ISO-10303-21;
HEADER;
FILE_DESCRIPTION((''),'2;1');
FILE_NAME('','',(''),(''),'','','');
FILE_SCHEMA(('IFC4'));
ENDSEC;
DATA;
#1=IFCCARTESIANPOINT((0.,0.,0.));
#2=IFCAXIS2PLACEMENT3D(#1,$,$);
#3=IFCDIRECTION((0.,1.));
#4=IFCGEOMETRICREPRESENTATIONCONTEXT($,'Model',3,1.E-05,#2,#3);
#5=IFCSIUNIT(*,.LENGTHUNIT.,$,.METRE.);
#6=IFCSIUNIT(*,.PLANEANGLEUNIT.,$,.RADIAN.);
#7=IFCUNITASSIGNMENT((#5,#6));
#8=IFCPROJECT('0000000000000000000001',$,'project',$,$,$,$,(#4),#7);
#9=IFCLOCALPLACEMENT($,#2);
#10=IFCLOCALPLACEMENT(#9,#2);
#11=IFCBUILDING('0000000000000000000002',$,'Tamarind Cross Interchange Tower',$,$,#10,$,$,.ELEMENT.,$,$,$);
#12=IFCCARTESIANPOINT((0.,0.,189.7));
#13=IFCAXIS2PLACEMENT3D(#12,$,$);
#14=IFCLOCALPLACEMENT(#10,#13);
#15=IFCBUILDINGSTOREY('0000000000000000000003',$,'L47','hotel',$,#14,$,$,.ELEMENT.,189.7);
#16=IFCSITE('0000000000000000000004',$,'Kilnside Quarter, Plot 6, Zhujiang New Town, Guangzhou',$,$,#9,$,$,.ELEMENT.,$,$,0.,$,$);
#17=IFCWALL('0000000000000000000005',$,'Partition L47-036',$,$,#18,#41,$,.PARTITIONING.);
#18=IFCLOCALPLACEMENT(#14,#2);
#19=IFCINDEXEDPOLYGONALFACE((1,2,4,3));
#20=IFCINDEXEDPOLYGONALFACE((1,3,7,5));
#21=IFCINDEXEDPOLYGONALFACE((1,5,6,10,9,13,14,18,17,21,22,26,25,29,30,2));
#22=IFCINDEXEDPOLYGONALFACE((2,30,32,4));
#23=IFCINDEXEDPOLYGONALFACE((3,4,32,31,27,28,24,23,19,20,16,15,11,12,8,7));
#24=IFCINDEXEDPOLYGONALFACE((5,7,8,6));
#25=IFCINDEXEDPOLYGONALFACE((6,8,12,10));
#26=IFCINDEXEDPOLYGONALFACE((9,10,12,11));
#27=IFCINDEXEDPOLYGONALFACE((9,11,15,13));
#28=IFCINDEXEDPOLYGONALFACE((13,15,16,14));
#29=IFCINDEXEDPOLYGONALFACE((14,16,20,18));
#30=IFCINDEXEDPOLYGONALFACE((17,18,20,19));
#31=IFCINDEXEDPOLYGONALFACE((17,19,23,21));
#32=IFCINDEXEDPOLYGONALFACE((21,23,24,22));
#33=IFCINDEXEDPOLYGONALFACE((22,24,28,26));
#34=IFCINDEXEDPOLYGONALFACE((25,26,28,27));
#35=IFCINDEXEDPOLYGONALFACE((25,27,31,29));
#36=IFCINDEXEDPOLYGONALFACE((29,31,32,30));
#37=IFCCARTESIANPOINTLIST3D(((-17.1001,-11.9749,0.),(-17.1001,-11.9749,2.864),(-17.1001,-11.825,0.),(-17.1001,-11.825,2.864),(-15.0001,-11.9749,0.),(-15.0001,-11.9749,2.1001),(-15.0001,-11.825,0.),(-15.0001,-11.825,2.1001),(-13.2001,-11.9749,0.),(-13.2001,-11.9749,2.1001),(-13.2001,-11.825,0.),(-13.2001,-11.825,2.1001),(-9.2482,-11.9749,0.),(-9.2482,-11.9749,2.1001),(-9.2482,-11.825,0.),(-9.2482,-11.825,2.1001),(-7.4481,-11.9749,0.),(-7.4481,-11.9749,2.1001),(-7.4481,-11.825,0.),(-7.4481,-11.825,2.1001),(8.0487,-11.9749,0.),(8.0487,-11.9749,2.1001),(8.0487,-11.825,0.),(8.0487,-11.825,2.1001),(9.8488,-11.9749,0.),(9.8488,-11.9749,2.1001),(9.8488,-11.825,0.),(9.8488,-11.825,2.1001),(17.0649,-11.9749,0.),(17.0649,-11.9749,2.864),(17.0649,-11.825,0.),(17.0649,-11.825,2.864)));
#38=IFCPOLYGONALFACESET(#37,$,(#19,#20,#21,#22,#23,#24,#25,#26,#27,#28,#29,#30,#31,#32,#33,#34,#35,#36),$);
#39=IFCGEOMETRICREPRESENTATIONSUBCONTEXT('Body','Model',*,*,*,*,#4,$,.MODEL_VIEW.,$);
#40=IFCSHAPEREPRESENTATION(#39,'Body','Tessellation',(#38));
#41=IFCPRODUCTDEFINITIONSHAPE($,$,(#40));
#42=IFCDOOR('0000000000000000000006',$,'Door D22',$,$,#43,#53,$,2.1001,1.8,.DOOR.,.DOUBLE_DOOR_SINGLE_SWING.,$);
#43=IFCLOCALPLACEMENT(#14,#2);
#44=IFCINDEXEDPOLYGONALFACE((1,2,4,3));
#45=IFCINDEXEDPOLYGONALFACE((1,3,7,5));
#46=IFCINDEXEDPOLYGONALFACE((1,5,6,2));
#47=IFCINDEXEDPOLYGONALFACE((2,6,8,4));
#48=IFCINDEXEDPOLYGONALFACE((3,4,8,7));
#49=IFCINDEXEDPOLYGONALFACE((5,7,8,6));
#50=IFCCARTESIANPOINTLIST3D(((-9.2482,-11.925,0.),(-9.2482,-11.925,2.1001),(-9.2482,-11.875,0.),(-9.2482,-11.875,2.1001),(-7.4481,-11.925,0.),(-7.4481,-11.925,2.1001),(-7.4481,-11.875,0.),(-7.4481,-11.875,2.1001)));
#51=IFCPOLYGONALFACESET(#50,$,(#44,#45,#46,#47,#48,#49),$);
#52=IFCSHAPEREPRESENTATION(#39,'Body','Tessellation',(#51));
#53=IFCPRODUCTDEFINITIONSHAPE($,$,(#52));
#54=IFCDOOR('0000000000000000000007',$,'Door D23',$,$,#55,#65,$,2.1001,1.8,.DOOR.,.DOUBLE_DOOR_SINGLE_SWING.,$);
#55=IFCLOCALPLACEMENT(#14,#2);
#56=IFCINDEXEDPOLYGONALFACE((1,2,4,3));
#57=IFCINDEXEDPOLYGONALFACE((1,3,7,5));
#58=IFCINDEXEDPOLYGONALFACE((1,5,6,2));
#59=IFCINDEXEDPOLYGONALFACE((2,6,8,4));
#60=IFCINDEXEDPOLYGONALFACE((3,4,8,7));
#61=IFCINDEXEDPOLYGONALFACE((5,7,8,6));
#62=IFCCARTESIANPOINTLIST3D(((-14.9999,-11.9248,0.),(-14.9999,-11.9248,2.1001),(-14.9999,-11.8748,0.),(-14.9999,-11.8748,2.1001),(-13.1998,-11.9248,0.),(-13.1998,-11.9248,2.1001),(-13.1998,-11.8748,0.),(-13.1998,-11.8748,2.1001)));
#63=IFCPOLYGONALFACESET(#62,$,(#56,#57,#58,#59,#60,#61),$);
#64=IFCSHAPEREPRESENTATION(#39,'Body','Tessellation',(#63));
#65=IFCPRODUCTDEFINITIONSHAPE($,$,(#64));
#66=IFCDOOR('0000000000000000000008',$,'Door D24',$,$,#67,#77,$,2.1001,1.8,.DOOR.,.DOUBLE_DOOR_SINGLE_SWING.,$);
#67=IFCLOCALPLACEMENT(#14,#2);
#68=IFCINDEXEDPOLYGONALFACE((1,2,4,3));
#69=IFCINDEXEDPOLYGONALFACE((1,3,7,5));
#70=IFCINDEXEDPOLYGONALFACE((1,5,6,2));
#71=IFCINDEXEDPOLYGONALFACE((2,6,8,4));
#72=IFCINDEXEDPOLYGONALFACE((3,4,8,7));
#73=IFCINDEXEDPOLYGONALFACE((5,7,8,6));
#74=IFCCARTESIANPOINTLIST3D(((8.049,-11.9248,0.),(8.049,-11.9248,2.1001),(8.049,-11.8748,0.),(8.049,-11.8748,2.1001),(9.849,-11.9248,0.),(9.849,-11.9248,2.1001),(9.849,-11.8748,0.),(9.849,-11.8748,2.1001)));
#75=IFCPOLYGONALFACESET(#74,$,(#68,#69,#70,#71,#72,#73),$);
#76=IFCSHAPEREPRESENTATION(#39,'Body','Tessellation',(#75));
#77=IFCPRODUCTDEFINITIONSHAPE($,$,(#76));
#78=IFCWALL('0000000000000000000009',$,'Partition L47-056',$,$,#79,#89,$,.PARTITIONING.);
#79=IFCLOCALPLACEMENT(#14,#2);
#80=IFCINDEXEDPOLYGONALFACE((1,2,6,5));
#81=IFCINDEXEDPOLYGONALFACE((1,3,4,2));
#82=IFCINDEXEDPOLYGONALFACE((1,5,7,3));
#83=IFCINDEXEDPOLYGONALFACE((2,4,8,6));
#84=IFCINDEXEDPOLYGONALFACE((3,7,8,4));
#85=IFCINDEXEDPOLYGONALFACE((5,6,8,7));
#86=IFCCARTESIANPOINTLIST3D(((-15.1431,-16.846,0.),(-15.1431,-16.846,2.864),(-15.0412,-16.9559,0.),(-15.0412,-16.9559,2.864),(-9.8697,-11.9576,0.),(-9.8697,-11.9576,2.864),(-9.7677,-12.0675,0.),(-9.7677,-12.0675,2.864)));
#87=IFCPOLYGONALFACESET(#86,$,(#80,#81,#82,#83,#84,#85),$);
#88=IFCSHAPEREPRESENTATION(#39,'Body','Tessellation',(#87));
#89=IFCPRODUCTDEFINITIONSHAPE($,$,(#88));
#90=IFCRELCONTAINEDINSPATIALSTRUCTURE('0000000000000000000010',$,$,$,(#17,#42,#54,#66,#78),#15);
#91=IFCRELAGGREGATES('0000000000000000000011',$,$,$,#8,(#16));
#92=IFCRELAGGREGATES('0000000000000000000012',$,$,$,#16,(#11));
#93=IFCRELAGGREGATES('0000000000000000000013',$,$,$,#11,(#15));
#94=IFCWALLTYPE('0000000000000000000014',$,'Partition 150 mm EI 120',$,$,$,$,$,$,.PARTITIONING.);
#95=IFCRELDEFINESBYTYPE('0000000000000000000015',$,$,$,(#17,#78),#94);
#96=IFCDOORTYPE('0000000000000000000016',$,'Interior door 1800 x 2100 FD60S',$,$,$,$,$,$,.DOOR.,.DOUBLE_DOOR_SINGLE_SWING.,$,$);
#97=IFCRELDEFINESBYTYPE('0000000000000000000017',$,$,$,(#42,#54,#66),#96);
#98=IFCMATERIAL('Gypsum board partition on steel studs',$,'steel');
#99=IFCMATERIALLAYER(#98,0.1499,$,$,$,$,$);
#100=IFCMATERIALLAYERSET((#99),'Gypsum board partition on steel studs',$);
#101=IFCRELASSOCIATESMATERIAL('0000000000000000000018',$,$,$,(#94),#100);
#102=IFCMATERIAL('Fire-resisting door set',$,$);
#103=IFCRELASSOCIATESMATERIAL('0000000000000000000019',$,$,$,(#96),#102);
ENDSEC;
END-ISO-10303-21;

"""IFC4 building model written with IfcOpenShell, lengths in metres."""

from ifc_helpers import new_model, si_unit, direction, frame, frame_2d, origin, place, context, subcontext, project, spatial, rectangle, extrude, material, layer, layer_set, type_object, element, fill, save


model = new_model("IFC4")

# Units and contexts
model_context = context("Model", 3, precision=1e-05, world=origin(), true_north=direction((0.0, 1.0)))
body_context = subcontext(model_context, "Body", "Model", "MODEL_VIEW")
ifc_project = project(units=[si_unit("LENGTHUNIT", "METRE"), si_unit("PLANEANGLEUNIT", "RADIAN")], contexts=[model_context])

# Site, building, storey
site_placement = place(None, origin())
site = spatial("IfcSite", under=ifc_project, at=site_placement, Name="Kilnside Quarter, Plot 6, Zhujiang New Town, Guangzhou", CompositionType="ELEMENT", RefElevation=0.0)
building_placement = place(site_placement, origin())
building = spatial("IfcBuilding", under=site, at=building_placement, Name="Tamarind Cross Interchange Tower", CompositionType="ELEMENT")
storey_placement = place(building_placement, frame((0.0, 0.0, 189.7)))
storey = spatial("IfcBuildingStorey", under=building, at=storey_placement, Name="L47", Description="hotel", CompositionType="ELEMENT", Elevation=189.7)

# Shared definitions
ifc_material_1 = material(Name="Gypsum board partition on steel studs", Category="steel")
ifc_layer_1 = layer(ifc_material_1, 0.1499)
ifc_layer_set_1 = layer_set([ifc_layer_1], Name="Gypsum board partition on steel studs")
wall_type_1 = type_object("IfcWallType", Name="Partition 150 mm EI 120", PredefinedType="PARTITIONING", material=ifc_layer_set_1)

# Wall, openings, doors
wall_1_placement = place(storey_placement, frame((-17.1001, -11.8999, 0.0), z_axis=(0.0, 0.0, 1.0), x_axis=(1.0, 0.0, 0.0)))
wall_1 = element("IfcWall", 1, at=wall_1_placement, inside=storey, type_object=wall_type_1, Name="Partition L47-036", PredefinedType="PARTITIONING", context=body_context, shape_type="SweptSolid", body=[
    extrude(rectangle(XDim=34.165, YDim=0.1499, at=frame_2d((17.0825, 0.0))), origin(), (0.0, 0.0, 1.0), 2.864),
])
opening_1_placement = place(wall_1_placement, frame((7.8521, 0.0, 0.0)))
opening_1 = element("IfcOpeningElement", 2, at=opening_1_placement, cuts=wall_1, PredefinedType="OPENING", context=body_context, shape_type="SweptSolid", body=[
    extrude(rectangle(XDim=1.8, YDim=2.1001, at=frame_2d((0.8999, 1.05))), frame((0.0, 0.085, 0.0), z_axis=(0.0, -1.0, 0.0), x_axis=(1.0, 0.0, 0.0)), (0.0, 0.0, 1.0), 0.1699),
])
opening_2_placement = place(wall_1_placement, frame((2.1001, 0.0, 0.0)))
opening_2 = element("IfcOpeningElement", 3, at=opening_2_placement, cuts=wall_1, PredefinedType="OPENING", context=body_context, shape_type="SweptSolid", body=[
    extrude(rectangle(XDim=1.8, YDim=2.1001, at=frame_2d((0.8999, 1.05))), frame((0.0, 0.085, 0.0), z_axis=(0.0, -1.0, 0.0), x_axis=(1.0, 0.0, 0.0)), (0.0, 0.0, 1.0), 0.1699),
])
opening_3_placement = place(wall_1_placement, frame((25.1489, 0.0, 0.0)))
opening_3 = element("IfcOpeningElement", 4, at=opening_3_placement, cuts=wall_1, PredefinedType="OPENING", context=body_context, shape_type="SweptSolid", body=[
    extrude(rectangle(XDim=1.8, YDim=2.1001, at=frame_2d((0.8999, 1.05))), frame((0.0, 0.085, 0.0), z_axis=(0.0, -1.0, 0.0), x_axis=(1.0, 0.0, 0.0)), (0.0, 0.0, 1.0), 0.1699),
])
ifc_material_2 = material(Name="Fire-resisting door set")
door_type_1 = type_object("IfcDoorType", Name="Interior door 1800 x 2100 FD60S", OperationType="DOUBLE_DOOR_SINGLE_SWING", PredefinedType="DOOR", material=ifc_material_2)
door_1_placement = place(opening_1_placement, origin())
door_1 = element("IfcDoor", 5, at=door_1_placement, inside=storey, type_object=door_type_1, Name="Door D22", OperationType="DOUBLE_DOOR_SINGLE_SWING", OverallHeight=2.1001, OverallWidth=1.8, PredefinedType="DOOR", context=body_context, shape_type="SweptSolid", body=[
    extrude(rectangle(XDim=1.8, YDim=2.1001, at=frame_2d((0.8999, 1.05))), frame((0.0, 0.0249, 0.0), z_axis=(0.0, -1.0, 0.0), x_axis=(1.0, 0.0, 0.0)), (0.0, 0.0, 1.0), 0.05),
])
fill(opening_1, door_1)
door_2_placement = place(opening_2_placement, frame((1.8, 0.0, 0.0), z_axis=(0.0, 0.0, 1.0), x_axis=(-1.0, 0.0, 0.0)))
door_2 = element("IfcDoor", 6, at=door_2_placement, inside=storey, type_object=door_type_1, Name="Door D23", OperationType="DOUBLE_DOOR_SINGLE_SWING", OverallHeight=2.1001, OverallWidth=1.8, PredefinedType="DOOR", context=body_context, shape_type="SweptSolid", body=[
    extrude(rectangle(XDim=1.8, YDim=2.1001, at=frame_2d((0.8999, 1.05))), frame((0.0, 0.0249, 0.0), z_axis=(0.0, -1.0, 0.0), x_axis=(1.0, 0.0, 0.0)), (0.0, 0.0, 1.0), 0.05),
])
fill(opening_2, door_2)
door_3_placement = place(opening_3_placement, frame((1.8, 0.0, 0.0), z_axis=(0.0, 0.0, 1.0), x_axis=(-1.0, 0.0, 0.0)))
door_3 = element("IfcDoor", 7, at=door_3_placement, inside=storey, type_object=door_type_1, Name="Door D24", OperationType="DOUBLE_DOOR_SINGLE_SWING", OverallHeight=2.1001, OverallWidth=1.8, PredefinedType="DOOR", context=body_context, shape_type="SweptSolid", body=[
    extrude(rectangle(XDim=1.8, YDim=2.1001, at=frame_2d((0.8999, 1.05))), frame((0.0, 0.0249, 0.0), z_axis=(0.0, -1.0, 0.0), x_axis=(1.0, 0.0, 0.0)), (0.0, 0.0, 1.0), 0.05),
])
fill(opening_3, door_3)

# Wall
wall_2_placement = place(storey_placement, frame((-15.092, -16.9009, 0.0), z_axis=(0.0, 0.0, 1.0), x_axis=(0.733371, 0.679828, 0.0)))
element("IfcWall", 8, at=wall_2_placement, inside=storey, type_object=wall_type_1, Name="Partition L47-056", PredefinedType="PARTITIONING", context=body_context, shape_type="SweptSolid", body=[
    extrude(rectangle(XDim=7.1907, YDim=0.1499, at=frame_2d((3.5952, 0.0))), origin(), (0.0, 0.0, 1.0), 2.864),
])

save(model, "model.ifc")
